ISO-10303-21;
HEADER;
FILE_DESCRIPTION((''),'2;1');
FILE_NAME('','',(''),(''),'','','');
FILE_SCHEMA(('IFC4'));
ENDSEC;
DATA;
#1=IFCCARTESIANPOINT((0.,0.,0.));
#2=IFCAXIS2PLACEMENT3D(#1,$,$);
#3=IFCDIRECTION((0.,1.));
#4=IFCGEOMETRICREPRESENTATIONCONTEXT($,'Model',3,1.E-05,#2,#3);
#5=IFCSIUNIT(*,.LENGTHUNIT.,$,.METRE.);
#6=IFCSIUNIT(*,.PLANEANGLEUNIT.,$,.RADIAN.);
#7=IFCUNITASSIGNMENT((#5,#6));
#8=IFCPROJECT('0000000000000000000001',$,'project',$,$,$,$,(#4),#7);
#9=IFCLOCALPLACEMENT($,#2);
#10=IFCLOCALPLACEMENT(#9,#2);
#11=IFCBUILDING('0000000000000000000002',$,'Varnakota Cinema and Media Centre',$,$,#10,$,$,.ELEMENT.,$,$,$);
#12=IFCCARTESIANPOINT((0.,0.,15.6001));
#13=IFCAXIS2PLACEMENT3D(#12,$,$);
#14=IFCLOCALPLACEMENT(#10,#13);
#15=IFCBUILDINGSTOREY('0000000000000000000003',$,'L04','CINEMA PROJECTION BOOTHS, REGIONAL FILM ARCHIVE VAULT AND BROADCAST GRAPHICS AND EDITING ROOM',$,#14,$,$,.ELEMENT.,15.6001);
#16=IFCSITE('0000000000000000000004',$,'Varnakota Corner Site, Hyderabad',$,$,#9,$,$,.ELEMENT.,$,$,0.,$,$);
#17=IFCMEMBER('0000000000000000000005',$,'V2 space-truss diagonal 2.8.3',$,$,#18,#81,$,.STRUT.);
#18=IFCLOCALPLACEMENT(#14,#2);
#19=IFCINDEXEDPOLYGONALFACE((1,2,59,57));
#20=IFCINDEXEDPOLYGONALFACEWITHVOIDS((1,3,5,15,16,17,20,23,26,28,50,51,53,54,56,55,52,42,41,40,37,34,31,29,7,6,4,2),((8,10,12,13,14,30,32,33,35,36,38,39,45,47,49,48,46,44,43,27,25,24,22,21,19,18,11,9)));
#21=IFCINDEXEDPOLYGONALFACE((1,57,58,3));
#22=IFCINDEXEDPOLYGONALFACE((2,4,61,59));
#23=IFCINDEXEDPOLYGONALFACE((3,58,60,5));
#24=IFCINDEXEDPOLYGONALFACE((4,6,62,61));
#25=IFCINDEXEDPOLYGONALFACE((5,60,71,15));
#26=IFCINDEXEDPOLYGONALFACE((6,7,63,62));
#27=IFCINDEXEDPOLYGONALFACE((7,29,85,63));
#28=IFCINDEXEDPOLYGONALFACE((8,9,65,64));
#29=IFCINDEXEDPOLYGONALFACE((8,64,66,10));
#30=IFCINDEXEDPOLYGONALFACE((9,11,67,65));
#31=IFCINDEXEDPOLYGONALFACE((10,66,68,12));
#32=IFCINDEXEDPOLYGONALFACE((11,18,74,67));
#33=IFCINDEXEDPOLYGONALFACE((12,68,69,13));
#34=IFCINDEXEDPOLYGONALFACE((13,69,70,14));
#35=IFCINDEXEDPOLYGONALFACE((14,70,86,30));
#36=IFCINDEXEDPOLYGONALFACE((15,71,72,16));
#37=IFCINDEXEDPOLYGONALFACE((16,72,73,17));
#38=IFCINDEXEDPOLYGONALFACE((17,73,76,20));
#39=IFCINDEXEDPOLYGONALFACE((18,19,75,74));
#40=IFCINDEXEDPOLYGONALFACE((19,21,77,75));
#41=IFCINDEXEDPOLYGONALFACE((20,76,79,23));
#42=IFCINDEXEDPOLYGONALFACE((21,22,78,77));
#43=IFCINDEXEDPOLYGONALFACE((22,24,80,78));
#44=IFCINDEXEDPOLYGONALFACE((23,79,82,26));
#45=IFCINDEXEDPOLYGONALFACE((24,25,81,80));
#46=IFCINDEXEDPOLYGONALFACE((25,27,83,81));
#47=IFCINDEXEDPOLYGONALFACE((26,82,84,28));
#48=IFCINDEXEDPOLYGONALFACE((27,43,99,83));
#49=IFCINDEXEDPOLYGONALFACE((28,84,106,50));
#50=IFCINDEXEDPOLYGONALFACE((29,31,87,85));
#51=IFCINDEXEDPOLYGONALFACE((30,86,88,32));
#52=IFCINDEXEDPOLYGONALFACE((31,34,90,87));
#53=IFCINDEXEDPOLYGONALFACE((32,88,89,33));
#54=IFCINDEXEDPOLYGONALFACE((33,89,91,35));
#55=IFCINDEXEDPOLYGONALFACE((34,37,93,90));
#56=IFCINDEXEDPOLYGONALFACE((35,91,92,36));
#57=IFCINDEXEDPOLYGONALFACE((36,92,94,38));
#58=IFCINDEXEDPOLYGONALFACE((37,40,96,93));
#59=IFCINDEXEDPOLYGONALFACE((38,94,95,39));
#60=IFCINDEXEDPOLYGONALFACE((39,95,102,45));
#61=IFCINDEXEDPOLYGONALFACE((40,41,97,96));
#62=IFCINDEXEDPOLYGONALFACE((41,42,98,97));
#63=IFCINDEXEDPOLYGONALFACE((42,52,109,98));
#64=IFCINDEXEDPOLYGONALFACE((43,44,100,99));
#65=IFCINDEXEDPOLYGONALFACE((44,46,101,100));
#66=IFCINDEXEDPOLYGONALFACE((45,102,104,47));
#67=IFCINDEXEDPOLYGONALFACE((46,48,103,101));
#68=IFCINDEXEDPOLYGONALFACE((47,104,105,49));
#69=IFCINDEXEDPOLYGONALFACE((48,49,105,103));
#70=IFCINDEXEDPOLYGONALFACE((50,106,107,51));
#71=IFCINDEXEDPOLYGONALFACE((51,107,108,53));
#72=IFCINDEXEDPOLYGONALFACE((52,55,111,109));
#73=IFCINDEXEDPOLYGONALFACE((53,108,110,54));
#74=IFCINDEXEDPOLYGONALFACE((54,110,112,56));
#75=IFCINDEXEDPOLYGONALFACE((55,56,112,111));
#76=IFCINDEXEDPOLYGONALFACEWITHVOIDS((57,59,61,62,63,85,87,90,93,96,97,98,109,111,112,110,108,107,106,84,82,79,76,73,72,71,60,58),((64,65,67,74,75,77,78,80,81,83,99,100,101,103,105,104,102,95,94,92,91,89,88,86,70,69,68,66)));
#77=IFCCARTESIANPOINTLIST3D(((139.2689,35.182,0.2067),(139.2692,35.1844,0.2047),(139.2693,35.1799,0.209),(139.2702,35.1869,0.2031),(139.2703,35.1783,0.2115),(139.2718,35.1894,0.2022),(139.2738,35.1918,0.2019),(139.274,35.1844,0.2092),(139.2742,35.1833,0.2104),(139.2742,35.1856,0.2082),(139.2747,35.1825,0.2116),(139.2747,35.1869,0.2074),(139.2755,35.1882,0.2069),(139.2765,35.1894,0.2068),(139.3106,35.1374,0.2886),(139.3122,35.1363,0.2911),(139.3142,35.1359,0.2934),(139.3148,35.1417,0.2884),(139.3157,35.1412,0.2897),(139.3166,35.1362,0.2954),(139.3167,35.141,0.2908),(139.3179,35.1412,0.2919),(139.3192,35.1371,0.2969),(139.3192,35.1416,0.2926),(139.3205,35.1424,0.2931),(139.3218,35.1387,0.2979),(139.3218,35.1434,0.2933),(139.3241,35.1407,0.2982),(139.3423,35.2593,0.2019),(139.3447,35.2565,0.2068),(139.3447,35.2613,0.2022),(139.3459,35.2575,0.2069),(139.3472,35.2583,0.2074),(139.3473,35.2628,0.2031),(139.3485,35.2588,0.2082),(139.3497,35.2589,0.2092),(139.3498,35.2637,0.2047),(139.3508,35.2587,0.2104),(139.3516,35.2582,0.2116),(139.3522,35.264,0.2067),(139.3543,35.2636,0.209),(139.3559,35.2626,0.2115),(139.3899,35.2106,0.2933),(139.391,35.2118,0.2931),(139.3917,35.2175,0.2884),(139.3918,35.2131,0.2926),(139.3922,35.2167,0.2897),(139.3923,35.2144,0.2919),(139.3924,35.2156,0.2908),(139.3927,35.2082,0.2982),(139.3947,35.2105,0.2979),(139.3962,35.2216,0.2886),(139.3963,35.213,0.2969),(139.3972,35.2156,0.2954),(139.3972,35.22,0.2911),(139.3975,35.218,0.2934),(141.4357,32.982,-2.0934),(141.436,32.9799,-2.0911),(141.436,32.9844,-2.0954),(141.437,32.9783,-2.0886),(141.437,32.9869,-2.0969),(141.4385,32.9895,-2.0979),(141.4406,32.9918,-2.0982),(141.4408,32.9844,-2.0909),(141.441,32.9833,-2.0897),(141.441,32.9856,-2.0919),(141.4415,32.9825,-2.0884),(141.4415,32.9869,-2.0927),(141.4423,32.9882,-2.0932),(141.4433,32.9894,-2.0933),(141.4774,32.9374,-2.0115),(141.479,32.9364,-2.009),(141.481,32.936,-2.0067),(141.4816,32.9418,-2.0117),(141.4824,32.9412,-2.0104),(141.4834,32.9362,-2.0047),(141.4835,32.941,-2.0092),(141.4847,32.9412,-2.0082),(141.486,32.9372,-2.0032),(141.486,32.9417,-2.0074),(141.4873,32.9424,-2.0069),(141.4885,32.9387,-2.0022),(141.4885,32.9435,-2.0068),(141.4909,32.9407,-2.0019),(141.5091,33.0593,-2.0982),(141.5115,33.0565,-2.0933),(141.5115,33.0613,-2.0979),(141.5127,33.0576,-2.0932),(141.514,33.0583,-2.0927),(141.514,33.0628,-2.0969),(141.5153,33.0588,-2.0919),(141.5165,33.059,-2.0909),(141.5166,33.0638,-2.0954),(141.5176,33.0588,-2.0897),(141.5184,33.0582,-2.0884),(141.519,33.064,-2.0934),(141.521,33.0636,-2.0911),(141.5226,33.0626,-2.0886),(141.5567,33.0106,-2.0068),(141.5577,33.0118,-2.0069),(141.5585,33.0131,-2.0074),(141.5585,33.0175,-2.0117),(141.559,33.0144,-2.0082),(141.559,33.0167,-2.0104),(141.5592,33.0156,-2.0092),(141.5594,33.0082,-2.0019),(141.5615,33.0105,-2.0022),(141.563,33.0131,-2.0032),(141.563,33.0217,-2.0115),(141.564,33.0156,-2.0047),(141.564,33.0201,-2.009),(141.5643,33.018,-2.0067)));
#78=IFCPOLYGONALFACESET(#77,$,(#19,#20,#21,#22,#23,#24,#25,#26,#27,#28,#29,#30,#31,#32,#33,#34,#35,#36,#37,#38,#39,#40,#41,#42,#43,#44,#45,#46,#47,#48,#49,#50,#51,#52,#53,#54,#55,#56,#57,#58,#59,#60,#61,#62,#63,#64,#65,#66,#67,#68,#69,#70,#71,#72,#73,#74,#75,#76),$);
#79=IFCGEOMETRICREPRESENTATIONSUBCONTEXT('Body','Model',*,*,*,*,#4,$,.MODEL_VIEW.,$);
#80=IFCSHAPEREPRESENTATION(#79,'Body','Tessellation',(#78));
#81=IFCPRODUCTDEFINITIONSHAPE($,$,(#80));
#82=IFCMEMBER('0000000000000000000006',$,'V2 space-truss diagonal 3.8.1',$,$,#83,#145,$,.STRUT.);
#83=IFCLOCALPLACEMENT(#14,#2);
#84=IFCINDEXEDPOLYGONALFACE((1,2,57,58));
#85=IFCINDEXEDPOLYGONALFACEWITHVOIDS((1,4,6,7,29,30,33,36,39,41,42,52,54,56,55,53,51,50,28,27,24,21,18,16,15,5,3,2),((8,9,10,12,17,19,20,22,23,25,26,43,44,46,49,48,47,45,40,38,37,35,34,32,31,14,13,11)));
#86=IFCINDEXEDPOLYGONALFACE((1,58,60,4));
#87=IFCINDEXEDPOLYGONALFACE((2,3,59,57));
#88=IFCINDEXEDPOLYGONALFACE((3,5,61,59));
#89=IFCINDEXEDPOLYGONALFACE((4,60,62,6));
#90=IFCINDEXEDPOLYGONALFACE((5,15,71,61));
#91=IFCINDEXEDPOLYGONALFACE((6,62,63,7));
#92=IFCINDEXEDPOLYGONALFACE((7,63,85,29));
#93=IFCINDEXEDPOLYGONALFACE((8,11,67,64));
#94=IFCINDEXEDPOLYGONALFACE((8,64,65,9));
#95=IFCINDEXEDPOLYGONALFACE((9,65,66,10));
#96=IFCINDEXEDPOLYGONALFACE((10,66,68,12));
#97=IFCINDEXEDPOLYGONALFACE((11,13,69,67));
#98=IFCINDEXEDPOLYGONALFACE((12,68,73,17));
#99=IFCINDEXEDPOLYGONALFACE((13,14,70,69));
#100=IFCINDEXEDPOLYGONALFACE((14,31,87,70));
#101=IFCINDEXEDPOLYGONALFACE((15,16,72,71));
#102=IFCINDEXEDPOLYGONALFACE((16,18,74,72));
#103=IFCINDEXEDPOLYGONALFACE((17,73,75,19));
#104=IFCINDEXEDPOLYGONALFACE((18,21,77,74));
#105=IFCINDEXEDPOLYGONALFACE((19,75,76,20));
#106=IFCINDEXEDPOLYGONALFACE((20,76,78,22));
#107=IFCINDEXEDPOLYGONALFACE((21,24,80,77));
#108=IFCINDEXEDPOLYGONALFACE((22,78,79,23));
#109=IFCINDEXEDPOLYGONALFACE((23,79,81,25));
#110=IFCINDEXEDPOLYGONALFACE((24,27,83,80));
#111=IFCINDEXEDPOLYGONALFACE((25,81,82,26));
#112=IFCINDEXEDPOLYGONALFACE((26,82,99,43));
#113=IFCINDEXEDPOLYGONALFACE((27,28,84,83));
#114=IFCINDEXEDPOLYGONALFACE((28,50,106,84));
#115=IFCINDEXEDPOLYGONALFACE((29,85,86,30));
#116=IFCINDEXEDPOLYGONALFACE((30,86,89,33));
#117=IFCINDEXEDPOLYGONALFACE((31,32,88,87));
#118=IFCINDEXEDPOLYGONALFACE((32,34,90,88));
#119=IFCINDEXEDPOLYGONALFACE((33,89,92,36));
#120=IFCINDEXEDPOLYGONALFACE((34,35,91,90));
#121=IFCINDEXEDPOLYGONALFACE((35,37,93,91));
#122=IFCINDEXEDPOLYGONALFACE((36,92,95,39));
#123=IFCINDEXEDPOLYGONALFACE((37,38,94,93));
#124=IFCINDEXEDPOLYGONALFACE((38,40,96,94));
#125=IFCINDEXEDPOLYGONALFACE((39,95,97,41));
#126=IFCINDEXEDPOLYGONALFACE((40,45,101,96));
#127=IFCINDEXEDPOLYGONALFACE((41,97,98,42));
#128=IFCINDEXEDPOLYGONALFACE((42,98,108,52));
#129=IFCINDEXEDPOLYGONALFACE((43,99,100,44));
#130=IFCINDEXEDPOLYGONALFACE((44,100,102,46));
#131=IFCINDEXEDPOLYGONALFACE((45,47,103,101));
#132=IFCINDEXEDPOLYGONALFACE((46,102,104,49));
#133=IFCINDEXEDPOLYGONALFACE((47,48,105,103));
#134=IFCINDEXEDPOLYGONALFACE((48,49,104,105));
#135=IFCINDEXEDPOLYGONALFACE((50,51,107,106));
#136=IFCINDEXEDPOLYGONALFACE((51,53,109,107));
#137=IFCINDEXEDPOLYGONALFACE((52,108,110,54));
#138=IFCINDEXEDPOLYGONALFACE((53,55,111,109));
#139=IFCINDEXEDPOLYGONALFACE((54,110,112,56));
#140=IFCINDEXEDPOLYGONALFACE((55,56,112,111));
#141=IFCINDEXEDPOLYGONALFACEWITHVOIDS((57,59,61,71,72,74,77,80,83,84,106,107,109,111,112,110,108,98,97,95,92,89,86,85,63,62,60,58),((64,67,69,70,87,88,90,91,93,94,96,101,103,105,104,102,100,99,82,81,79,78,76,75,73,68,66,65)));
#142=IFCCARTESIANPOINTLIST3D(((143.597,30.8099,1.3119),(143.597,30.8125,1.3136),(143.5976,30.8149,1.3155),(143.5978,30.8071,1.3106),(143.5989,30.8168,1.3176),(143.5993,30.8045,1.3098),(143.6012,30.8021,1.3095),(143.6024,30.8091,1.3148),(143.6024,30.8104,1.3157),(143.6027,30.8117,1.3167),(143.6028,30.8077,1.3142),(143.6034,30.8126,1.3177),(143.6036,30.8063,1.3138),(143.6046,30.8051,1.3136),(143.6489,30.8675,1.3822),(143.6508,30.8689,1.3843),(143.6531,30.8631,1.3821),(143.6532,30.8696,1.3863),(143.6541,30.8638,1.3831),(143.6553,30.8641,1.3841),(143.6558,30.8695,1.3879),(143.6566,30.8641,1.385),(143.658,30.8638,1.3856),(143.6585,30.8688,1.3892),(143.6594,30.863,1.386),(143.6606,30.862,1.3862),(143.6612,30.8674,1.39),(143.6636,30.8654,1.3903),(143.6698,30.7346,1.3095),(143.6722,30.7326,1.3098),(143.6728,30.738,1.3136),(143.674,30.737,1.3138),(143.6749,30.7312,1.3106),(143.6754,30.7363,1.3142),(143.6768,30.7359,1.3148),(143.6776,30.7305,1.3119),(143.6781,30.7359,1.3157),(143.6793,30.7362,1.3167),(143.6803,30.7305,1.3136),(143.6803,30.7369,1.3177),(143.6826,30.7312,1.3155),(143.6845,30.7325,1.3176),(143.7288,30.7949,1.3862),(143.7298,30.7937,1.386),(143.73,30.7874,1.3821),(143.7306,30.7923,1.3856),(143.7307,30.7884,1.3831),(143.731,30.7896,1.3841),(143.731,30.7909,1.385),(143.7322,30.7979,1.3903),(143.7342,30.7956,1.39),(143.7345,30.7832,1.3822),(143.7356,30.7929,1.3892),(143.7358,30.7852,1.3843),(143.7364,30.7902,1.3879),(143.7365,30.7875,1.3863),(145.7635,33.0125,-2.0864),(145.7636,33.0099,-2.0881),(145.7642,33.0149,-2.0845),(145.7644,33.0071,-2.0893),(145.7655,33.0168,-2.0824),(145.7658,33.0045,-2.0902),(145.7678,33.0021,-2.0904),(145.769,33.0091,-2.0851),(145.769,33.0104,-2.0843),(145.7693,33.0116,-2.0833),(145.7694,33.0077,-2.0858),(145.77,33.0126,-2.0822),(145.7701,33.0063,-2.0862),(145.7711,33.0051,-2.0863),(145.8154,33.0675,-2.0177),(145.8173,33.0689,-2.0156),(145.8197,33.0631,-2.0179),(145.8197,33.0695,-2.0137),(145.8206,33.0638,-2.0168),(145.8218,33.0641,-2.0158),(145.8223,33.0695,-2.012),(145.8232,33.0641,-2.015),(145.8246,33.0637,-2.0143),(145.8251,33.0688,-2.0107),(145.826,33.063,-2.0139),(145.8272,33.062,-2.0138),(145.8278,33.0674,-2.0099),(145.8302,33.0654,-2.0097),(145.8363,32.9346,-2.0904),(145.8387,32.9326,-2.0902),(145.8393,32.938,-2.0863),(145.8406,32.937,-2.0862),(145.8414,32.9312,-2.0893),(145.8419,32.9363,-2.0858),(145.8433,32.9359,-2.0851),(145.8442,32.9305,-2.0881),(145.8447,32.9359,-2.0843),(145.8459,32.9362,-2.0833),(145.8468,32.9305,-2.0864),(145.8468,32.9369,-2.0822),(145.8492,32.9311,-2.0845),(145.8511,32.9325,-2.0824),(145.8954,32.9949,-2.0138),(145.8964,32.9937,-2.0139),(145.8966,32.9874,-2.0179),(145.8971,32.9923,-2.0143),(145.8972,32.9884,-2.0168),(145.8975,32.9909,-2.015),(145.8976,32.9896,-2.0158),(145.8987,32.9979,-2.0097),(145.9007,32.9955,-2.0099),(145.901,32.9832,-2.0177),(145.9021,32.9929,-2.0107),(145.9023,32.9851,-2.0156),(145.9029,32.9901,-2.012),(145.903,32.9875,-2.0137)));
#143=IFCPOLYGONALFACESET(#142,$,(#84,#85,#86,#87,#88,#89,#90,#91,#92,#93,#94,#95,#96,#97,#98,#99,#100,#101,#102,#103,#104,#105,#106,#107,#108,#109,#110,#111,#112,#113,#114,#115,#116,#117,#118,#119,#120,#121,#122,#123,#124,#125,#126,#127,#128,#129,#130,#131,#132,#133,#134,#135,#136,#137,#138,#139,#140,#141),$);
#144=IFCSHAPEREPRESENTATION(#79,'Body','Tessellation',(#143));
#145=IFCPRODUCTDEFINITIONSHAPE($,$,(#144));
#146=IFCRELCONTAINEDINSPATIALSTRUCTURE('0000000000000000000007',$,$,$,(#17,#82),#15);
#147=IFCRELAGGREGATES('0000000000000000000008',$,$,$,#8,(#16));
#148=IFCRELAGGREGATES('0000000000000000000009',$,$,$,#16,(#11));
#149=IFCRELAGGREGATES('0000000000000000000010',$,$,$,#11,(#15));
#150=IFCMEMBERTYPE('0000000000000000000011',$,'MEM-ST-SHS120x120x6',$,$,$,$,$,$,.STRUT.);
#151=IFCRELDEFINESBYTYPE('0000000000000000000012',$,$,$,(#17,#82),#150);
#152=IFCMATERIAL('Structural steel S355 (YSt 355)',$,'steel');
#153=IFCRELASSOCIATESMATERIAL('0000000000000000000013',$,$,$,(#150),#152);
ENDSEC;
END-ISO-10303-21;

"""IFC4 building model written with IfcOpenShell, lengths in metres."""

from ifc_helpers import new_model, si_unit, direction, frame, origin, origin_2d, place, context, subcontext, project, spatial, hollow_rectangle, extrude, material, material_profile, profile_set, type_object, element, save


model = new_model("IFC4")

# Units and contexts
model_context = context("Model", 3, precision=1e-05, world=origin(), true_north=direction((0.0, 1.0)))
body_context = subcontext(model_context, "Body", "Model", "MODEL_VIEW")
ifc_project = project(units=[si_unit("LENGTHUNIT", "METRE"), si_unit("PLANEANGLEUNIT", "RADIAN")], contexts=[model_context])

# Site, building, storey
site_placement = place(None, origin())
site = spatial("IfcSite", under=ifc_project, at=site_placement, Name="Varnakota Corner Site, Hyderabad", CompositionType="ELEMENT", RefElevation=0.0)
building_placement = place(site_placement, origin())
building = spatial("IfcBuilding", under=site, at=building_placement, Name="Varnakota Cinema and Media Centre", CompositionType="ELEMENT")
storey_placement = place(building_placement, frame((0.0, 0.0, 15.6001)))
storey = spatial("IfcBuildingStorey", under=building, at=storey_placement, Name="L04", Description="CINEMA PROJECTION BOOTHS, REGIONAL FILM ARCHIVE VAULT AND BROADCAST GRAPHICS AND EDITING ROOM", CompositionType="ELEMENT", Elevation=15.6001)

# Members
ifc_material_1 = material(Name="Structural steel S355 (YSt 355)", Category="steel")
ifc_material_profile_1 = material_profile(ifc_material_1, hollow_rectangle(XDim=0.1201, YDim=0.1201, WallThickness=0.0061, InnerFilletRadius=0.0061, OuterFilletRadius=0.012, at=origin_2d()), Name="SHS 120x120x6")
ifc_profile_set_1 = profile_set([ifc_material_profile_1], Name="Structural steel S355 (YSt 355)")
member_type_1 = type_object("IfcMemberType", Name="MEM-ST-SHS120x120x6", PredefinedType="STRUT", material=ifc_profile_set_1)
member_1_placement = place(storey_placement, frame((141.5, 33.0, -2.05), z_axis=(-0.562748, 0.571371, 0.597369), x_axis=(-0.712463, -0.70171, 0.0)))
element("IfcMember", 1, at=member_1_placement, inside=storey, type_object=member_type_1, Name="V2 space-truss diagonal 2.8.3", PredefinedType="STRUT", context=body_context, shape_type="SweptSolid", body=[
    extrude(hollow_rectangle(XDim=0.1201, YDim=0.1201, WallThickness=0.0061, InnerFilletRadius=0.0061, OuterFilletRadius=0.012, at=origin_2d()), origin(), (0.0, 0.0, 1.0), 3.8503),
])
member_2_placement = place(storey_placement, frame((145.8333, 33.0, -2.05), z_axis=(-0.471728, -0.479011, 0.740285), x_axis=(0.712502, -0.70167, 0.0)))
element("IfcMember", 2, at=member_2_placement, inside=storey, type_object=member_type_1, Name="V2 space-truss diagonal 3.8.1", PredefinedType="STRUT", context=body_context, shape_type="SweptSolid", body=[
    extrude(hollow_rectangle(XDim=0.1201, YDim=0.1201, WallThickness=0.0061, InnerFilletRadius=0.0061, OuterFilletRadius=0.012, at=origin_2d()), origin(), (0.0, 0.0, 1.0), 4.5928),
])

save(model, "model.ifc")
